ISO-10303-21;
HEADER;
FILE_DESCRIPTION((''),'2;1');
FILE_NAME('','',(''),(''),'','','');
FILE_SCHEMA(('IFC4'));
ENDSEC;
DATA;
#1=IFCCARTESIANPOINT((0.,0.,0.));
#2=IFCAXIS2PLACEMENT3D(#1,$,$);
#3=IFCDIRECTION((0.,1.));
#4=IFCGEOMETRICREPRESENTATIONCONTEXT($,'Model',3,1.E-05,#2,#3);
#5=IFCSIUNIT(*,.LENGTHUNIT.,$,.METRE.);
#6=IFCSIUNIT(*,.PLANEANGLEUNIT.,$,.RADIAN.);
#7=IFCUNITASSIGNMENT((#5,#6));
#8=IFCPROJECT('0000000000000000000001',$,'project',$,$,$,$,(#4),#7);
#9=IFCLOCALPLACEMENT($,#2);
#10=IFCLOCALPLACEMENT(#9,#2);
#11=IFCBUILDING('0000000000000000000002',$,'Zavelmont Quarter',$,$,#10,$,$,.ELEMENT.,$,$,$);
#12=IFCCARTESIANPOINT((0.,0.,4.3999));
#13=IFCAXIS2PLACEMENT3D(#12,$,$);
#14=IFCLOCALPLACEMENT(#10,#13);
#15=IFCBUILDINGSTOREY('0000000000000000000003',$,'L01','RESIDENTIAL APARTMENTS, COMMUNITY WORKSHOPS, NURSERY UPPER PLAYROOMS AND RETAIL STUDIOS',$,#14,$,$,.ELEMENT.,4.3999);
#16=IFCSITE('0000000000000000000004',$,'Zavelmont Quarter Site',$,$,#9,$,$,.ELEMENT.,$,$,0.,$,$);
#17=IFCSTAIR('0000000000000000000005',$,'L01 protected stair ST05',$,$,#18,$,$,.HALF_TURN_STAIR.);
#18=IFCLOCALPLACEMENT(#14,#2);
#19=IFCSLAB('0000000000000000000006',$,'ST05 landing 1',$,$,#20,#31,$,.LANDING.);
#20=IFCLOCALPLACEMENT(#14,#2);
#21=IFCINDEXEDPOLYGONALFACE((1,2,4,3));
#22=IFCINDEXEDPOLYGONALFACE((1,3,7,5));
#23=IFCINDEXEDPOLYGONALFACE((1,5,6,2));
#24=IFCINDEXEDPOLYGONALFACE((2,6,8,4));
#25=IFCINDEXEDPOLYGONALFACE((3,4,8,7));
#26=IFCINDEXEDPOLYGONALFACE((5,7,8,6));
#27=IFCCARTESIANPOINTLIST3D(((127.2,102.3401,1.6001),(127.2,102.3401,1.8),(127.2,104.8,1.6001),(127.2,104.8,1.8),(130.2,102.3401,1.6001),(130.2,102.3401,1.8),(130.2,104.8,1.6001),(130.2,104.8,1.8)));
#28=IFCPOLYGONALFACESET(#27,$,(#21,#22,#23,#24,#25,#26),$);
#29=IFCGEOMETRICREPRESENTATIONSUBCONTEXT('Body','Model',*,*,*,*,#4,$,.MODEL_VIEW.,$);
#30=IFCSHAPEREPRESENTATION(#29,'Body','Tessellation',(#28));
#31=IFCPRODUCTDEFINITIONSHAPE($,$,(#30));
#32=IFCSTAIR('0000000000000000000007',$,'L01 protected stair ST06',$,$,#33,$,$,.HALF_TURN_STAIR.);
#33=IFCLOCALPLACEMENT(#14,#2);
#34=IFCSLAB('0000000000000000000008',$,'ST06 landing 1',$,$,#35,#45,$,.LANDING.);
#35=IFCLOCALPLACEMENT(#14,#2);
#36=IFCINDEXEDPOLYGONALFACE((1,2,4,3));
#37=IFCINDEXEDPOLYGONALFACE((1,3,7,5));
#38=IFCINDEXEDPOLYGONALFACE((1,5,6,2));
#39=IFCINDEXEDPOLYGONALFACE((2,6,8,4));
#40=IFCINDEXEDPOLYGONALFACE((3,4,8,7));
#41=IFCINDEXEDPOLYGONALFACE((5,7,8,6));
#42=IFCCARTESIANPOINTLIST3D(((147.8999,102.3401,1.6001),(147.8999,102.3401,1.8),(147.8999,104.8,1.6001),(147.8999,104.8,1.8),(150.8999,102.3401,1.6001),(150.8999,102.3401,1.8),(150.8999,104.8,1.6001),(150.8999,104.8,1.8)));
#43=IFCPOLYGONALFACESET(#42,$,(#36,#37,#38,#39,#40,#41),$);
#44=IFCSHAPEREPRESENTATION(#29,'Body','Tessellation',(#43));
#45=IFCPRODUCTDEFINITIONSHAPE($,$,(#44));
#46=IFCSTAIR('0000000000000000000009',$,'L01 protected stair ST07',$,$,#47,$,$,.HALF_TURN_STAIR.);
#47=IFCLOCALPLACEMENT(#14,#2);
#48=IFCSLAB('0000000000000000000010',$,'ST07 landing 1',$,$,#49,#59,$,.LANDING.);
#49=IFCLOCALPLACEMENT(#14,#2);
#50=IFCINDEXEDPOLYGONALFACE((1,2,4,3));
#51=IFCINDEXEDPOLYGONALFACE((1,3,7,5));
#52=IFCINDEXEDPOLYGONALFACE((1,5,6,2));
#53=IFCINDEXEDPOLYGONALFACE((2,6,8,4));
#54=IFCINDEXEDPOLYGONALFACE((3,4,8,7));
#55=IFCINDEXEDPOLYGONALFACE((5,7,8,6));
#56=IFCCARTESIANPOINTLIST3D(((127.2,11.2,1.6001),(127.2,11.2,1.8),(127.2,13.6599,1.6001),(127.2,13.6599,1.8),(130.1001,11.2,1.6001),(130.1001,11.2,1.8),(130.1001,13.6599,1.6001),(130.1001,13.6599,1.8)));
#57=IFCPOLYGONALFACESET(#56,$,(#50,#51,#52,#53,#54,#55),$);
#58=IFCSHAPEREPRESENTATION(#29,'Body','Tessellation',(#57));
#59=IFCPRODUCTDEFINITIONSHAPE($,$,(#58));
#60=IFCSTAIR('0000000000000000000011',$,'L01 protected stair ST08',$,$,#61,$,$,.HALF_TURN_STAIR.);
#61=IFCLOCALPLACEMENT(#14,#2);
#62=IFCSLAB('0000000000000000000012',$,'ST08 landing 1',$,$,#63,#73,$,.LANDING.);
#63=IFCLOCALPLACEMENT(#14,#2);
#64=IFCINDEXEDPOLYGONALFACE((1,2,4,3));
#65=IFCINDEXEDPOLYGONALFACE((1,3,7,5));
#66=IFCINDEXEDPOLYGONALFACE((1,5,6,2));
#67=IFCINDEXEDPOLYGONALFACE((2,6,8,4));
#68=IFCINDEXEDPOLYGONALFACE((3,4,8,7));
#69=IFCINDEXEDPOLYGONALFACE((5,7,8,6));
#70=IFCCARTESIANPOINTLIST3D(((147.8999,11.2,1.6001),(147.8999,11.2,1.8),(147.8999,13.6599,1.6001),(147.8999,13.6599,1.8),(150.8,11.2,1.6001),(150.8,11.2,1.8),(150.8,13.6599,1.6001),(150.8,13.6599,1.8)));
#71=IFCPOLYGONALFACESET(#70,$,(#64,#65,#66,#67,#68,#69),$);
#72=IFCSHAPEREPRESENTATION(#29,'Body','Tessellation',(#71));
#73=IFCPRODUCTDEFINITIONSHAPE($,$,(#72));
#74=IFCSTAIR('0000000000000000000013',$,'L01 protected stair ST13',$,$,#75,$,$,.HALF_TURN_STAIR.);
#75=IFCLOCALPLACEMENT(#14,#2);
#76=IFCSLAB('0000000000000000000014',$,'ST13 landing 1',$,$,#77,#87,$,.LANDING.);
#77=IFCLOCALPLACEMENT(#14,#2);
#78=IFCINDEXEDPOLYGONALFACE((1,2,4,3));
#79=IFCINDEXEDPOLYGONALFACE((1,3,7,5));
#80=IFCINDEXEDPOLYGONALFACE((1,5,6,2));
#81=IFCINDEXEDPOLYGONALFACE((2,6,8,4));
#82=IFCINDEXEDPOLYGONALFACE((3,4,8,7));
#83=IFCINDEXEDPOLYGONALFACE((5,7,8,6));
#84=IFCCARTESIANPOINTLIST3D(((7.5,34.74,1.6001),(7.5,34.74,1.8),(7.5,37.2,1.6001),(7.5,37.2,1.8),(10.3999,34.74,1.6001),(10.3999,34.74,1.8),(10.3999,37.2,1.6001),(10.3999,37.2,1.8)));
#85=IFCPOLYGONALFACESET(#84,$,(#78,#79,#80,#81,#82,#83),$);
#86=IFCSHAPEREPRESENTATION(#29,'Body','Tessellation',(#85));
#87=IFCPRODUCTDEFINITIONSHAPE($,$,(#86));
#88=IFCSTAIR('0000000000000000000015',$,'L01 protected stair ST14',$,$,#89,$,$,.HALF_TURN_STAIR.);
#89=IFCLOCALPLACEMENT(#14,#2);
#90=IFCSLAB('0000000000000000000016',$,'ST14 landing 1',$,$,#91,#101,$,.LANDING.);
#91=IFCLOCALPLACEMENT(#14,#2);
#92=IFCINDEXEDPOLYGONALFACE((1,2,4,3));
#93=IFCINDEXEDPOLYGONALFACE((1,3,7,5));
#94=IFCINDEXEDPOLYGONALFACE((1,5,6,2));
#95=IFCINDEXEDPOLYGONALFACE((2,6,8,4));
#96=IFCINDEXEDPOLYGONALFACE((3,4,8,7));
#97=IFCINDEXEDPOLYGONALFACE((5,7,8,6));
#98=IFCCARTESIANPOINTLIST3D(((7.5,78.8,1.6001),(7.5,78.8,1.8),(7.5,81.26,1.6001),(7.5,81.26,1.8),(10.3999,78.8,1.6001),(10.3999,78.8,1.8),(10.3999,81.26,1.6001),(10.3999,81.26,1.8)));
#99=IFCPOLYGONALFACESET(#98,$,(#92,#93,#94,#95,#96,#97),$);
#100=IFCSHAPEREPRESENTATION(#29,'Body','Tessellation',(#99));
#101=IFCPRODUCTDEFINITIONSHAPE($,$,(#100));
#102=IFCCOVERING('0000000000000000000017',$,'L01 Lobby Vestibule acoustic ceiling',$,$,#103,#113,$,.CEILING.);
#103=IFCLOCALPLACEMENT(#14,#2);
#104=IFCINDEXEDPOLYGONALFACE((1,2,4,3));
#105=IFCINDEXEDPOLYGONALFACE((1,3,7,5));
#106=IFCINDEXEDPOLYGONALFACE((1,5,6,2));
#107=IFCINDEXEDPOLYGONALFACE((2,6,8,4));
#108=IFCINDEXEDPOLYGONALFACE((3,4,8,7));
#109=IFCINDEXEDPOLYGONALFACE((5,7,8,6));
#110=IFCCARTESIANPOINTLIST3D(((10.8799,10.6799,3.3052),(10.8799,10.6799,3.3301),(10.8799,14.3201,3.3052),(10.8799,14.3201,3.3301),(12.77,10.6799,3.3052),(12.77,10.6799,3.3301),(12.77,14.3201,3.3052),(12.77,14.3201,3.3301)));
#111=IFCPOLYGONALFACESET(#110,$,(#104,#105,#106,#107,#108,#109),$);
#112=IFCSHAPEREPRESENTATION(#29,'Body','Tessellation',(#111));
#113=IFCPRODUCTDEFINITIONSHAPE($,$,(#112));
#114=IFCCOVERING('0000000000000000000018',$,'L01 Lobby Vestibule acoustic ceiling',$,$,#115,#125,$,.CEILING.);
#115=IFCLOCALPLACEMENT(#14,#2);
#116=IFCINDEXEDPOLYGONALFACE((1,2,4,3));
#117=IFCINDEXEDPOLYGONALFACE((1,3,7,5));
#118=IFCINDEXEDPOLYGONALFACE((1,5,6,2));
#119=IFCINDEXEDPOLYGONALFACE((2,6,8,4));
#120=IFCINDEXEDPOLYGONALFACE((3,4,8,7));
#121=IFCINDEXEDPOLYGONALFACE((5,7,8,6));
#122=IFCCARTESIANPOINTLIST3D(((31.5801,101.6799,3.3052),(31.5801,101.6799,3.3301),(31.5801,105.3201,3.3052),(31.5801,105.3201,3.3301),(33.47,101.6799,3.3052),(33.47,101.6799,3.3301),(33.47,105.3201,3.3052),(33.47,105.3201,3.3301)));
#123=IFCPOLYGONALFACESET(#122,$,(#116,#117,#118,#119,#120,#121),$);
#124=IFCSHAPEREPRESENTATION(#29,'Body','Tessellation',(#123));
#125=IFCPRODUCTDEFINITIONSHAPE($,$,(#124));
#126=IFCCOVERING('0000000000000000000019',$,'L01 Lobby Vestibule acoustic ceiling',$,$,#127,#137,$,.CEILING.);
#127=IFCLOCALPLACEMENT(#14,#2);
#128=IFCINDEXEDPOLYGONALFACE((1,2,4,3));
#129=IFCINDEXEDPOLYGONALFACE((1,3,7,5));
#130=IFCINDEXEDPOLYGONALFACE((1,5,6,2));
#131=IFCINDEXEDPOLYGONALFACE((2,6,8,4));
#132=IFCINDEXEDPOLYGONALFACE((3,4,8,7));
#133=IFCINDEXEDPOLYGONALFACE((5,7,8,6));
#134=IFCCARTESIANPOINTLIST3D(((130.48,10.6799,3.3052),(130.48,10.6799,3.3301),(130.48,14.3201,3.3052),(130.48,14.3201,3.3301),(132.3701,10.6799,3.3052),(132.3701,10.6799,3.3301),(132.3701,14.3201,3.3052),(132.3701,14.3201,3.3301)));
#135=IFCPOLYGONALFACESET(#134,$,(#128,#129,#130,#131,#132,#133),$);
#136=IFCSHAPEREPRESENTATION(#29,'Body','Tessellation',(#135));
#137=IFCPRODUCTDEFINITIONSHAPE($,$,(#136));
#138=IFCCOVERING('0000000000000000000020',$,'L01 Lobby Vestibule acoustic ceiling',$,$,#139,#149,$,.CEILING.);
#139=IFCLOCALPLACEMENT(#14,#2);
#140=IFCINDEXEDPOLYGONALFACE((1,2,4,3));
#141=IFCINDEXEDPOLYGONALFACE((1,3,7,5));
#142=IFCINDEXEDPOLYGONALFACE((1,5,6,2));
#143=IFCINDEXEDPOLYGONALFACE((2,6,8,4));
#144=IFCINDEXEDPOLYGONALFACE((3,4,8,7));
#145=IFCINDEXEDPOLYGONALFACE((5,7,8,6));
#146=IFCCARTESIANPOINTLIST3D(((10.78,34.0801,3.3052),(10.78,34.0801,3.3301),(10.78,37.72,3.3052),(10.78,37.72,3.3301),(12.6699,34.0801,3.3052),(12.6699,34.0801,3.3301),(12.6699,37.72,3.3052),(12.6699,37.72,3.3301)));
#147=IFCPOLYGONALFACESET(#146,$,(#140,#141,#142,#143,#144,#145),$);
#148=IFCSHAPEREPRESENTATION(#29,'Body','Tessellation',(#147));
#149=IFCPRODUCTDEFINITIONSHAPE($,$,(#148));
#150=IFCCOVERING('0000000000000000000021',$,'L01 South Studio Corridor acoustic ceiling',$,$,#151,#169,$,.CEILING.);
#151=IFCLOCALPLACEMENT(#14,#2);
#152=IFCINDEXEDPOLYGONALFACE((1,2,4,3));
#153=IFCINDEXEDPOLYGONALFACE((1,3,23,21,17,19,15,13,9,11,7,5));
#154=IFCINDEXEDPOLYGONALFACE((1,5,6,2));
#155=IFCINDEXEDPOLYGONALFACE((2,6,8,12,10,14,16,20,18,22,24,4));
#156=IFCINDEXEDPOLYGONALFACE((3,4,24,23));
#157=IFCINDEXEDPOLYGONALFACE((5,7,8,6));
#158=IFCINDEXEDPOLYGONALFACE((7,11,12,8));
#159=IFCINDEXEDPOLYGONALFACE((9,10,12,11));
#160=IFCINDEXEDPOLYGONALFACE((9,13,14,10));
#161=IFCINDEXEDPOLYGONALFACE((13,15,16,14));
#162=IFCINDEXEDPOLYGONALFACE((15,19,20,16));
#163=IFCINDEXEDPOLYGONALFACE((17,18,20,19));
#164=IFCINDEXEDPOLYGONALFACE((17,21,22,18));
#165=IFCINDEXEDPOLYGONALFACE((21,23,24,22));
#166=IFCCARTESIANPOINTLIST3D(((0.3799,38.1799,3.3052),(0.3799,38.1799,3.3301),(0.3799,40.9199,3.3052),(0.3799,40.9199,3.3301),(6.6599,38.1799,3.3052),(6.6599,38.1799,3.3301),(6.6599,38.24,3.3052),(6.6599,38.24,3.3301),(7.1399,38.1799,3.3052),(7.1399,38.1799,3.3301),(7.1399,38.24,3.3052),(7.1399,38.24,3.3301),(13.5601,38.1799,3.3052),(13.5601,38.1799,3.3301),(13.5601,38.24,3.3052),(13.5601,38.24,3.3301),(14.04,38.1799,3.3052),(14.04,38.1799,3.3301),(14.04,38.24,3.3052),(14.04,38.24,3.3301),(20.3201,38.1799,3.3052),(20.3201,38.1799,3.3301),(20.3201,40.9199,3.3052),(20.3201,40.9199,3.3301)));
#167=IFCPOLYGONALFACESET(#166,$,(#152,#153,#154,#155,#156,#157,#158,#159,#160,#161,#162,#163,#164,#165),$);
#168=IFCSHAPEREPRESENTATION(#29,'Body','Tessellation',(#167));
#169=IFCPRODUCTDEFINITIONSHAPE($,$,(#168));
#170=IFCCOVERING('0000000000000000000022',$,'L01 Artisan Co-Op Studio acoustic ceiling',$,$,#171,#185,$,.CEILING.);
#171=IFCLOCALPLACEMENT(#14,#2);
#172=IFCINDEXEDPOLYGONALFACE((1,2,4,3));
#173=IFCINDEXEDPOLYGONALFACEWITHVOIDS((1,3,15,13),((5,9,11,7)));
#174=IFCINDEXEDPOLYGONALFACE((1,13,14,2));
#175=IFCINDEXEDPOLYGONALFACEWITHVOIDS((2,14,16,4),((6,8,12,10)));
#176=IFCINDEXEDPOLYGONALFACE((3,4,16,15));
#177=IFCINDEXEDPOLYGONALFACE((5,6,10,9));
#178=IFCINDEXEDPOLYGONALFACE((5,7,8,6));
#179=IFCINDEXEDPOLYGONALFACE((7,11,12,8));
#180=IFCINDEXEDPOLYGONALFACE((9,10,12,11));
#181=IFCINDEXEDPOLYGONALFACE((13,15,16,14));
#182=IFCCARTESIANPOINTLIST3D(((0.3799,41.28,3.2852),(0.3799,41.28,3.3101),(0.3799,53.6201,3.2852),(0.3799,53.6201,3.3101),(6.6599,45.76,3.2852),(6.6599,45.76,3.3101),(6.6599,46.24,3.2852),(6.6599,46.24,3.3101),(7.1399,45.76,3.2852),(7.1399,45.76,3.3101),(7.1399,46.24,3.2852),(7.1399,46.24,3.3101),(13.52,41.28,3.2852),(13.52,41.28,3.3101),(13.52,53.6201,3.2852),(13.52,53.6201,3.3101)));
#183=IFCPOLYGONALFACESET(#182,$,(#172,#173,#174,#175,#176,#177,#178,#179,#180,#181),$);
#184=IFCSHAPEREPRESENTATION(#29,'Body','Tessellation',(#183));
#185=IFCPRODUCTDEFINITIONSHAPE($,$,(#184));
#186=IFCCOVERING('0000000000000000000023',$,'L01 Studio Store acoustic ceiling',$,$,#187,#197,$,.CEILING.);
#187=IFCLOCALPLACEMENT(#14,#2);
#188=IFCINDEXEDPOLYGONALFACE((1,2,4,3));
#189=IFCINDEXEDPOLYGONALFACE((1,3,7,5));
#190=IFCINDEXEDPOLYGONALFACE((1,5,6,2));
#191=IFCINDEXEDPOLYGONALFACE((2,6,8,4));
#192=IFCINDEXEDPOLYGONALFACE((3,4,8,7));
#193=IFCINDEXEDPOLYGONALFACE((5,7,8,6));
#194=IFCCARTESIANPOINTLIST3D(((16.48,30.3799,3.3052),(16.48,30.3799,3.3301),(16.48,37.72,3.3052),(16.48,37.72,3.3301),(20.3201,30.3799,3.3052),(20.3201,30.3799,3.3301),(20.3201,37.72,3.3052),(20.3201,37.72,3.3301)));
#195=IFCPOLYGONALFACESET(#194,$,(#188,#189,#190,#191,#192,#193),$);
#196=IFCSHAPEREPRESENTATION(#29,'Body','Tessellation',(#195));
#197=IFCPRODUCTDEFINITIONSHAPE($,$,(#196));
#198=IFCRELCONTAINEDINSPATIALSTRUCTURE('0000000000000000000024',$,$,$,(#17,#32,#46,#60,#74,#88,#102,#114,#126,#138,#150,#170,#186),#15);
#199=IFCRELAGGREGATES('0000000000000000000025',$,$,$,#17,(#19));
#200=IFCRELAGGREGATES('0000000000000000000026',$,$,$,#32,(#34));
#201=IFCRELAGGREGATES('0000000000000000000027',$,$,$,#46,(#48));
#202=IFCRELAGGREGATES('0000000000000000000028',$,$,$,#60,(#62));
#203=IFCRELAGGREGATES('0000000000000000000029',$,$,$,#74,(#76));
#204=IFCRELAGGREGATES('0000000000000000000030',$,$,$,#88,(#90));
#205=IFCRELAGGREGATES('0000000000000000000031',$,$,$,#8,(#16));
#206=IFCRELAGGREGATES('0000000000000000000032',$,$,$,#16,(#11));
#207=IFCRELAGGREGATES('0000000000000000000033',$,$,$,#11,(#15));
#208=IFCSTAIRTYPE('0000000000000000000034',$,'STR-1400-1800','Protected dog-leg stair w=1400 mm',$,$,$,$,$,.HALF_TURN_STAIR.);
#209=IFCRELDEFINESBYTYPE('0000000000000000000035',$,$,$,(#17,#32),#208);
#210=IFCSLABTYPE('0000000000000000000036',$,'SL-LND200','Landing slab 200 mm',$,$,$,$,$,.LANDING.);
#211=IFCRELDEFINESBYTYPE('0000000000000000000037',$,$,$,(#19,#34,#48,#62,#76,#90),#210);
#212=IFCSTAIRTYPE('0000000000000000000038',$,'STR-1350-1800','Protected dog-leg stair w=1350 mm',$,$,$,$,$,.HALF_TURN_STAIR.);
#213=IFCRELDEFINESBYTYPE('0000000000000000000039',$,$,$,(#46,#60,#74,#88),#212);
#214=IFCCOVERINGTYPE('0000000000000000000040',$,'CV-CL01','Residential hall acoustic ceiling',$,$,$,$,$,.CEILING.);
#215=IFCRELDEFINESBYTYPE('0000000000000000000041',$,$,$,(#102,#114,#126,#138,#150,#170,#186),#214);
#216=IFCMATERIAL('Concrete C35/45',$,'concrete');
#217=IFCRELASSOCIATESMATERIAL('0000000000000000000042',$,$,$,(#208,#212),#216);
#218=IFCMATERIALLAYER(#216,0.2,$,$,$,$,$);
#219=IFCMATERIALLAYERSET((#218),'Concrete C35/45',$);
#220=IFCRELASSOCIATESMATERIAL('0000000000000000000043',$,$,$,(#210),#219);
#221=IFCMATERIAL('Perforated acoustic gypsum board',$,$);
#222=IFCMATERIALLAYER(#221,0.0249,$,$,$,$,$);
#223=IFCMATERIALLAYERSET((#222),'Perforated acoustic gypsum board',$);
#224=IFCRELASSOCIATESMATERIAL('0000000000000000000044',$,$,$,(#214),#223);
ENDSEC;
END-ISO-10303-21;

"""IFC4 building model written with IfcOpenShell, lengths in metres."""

from ifc_helpers import new_model, si_unit, direction, frame, origin, place, context, subcontext, project, spatial, polyline, outline, extrude, material, layer, layer_set, type_object, element, aggregate, save


model = new_model("IFC4")

# Units and contexts
model_context = context("Model", 3, precision=1e-05, world=origin(), true_north=direction((0.0, 1.0)))
body_context = subcontext(model_context, "Body", "Model", "MODEL_VIEW")
ifc_project = project(units=[si_unit("LENGTHUNIT", "METRE"), si_unit("PLANEANGLEUNIT", "RADIAN")], contexts=[model_context])

# Site, building, storey
site_placement = place(None, origin())
site = spatial("IfcSite", under=ifc_project, at=site_placement, Name="Zavelmont Quarter Site", CompositionType="ELEMENT", RefElevation=0.0)
building_placement = place(site_placement, origin())
building = spatial("IfcBuilding", under=site, at=building_placement, Name="Zavelmont Quarter", CompositionType="ELEMENT")
storey_placement = place(building_placement, frame((0.0, 0.0, 4.3999)))
storey = spatial("IfcBuildingStorey", under=building, at=storey_placement, Name="L01", Description="RESIDENTIAL APARTMENTS, COMMUNITY WORKSHOPS, NURSERY UPPER PLAYROOMS AND RETAIL STUDIOS", CompositionType="ELEMENT", Elevation=4.3999)

# Stairs, slabs
ifc_material_1 = material(Name="Concrete C35/45", Category="concrete")
stair_type_1 = type_object("IfcStairType", Name="STR-1400-1800", Description="Protected dog-leg stair w=1400 mm", PredefinedType="HALF_TURN_STAIR", material=ifc_material_1)
stair_1_placement = place(storey_placement, origin())
stair_1 = element("IfcStair", 1, at=stair_1_placement, inside=storey, type_object=stair_type_1, Name="L01 protected stair ST05", PredefinedType="HALF_TURN_STAIR")
ifc_layer_1 = layer(ifc_material_1, 0.2)
ifc_layer_set_1 = layer_set([ifc_layer_1], Name="Concrete C35/45")
slab_type = type_object("IfcSlabType", Name="SL-LND200", Description="Landing slab 200 mm", PredefinedType="LANDING", material=ifc_layer_set_1)
slab_1_placement = place(storey_placement, frame((0.0, 0.0, 1.6001)))
slab_1 = element("IfcSlab", 2, at=slab_1_placement, type_object=slab_type, Name="ST05 landing 1", PredefinedType="LANDING", context=body_context, shape_type="SweptSolid", body=[
    extrude(outline(polyline([(130.2, 102.3401), (130.2, 104.8), (127.2, 104.8), (127.2, 102.3401), (130.2, 102.3401)])), origin(), (0.0, 0.0, 1.0), 0.2),
])
aggregate(stair_1, [slab_1])
stair_2_placement = place(storey_placement, origin())
stair_2 = element("IfcStair", 3, at=stair_2_placement, inside=storey, type_object=stair_type_1, Name="L01 protected stair ST06", PredefinedType="HALF_TURN_STAIR")
slab_2_placement = place(storey_placement, frame((0.0, 0.0, 1.6001)))
slab_2 = element("IfcSlab", 4, at=slab_2_placement, type_object=slab_type, Name="ST06 landing 1", PredefinedType="LANDING", context=body_context, shape_type="SweptSolid", body=[
    extrude(outline(polyline([(150.8999, 102.3401), (150.8999, 104.8), (147.8999, 104.8), (147.8999, 102.3401), (150.8999, 102.3401)])), origin(), (0.0, 0.0, 1.0), 0.2),
])
aggregate(stair_2, [slab_2])
stair_type_2 = type_object("IfcStairType", Name="STR-1350-1800", Description="Protected dog-leg stair w=1350 mm", PredefinedType="HALF_TURN_STAIR", material=ifc_material_1)
stair_3_placement = place(storey_placement, origin())
stair_3 = element("IfcStair", 5, at=stair_3_placement, inside=storey, type_object=stair_type_2, Name="L01 protected stair ST07", PredefinedType="HALF_TURN_STAIR")
slab_3_placement = place(storey_placement, frame((0.0, 0.0, 1.6001)))
slab_3 = element("IfcSlab", 6, at=slab_3_placement, type_object=slab_type, Name="ST07 landing 1", PredefinedType="LANDING", context=body_context, shape_type="SweptSolid", body=[
    extrude(outline(polyline([(127.2, 13.6599), (127.2, 11.2), (130.1001, 11.2), (130.1001, 13.6599), (127.2, 13.6599)])), origin(), (0.0, 0.0, 1.0), 0.2),
])
aggregate(stair_3, [slab_3])
stair_4_placement = place(storey_placement, origin())
stair_4 = element("IfcStair", 7, at=stair_4_placement, inside=storey, type_object=stair_type_2, Name="L01 protected stair ST08", PredefinedType="HALF_TURN_STAIR")
slab_4_placement = place(storey_placement, frame((0.0, 0.0, 1.6001)))
slab_4 = element("IfcSlab", 8, at=slab_4_placement, type_object=slab_type, Name="ST08 landing 1", PredefinedType="LANDING", context=body_context, shape_type="SweptSolid", body=[
    extrude(outline(polyline([(147.8999, 13.6599), (147.8999, 11.2), (150.8, 11.2), (150.8, 13.6599), (147.8999, 13.6599)])), origin(), (0.0, 0.0, 1.0), 0.2),
])
aggregate(stair_4, [slab_4])
stair_5_placement = place(storey_placement, origin())
stair_5 = element("IfcStair", 9, at=stair_5_placement, inside=storey, type_object=stair_type_2, Name="L01 protected stair ST13", PredefinedType="HALF_TURN_STAIR")
slab_5_placement = place(storey_placement, frame((0.0, 0.0, 1.6001)))
slab_5 = element("IfcSlab", 10, at=slab_5_placement, type_object=slab_type, Name="ST13 landing 1", PredefinedType="LANDING", context=body_context, shape_type="SweptSolid", body=[
    extrude(outline(polyline([(10.3999, 34.74), (10.3999, 37.2), (7.5, 37.2), (7.5, 34.74), (10.3999, 34.74)])), origin(), (0.0, 0.0, 1.0), 0.2),
])
aggregate(stair_5, [slab_5])
stair_6_placement = place(storey_placement, origin())
stair_6 = element("IfcStair", 11, at=stair_6_placement, inside=storey, type_object=stair_type_2, Name="L01 protected stair ST14", PredefinedType="HALF_TURN_STAIR")
slab_6_placement = place(storey_placement, frame((0.0, 0.0, 1.6001)))
slab_6 = element("IfcSlab", 12, at=slab_6_placement, type_object=slab_type, Name="ST14 landing 1", PredefinedType="LANDING", context=body_context, shape_type="SweptSolid", body=[
    extrude(outline(polyline([(7.5, 81.26), (7.5, 78.8), (10.3999, 78.8), (10.3999, 81.26), (7.5, 81.26)])), origin(), (0.0, 0.0, 1.0), 0.2),
])
aggregate(stair_6, [slab_6])

# Coverings
ifc_material_2 = material(Name="Perforated acoustic gypsum board")
ifc_layer_2 = layer(ifc_material_2, 0.0249)
ifc_layer_set_2 = layer_set([ifc_layer_2], Name="Perforated acoustic gypsum board")
covering_type_1 = type_object("IfcCoveringType", Name="CV-CL01", Description="Residential hall acoustic ceiling", PredefinedType="CEILING", material=ifc_layer_set_2)
covering_1_placement = place(storey_placement, frame((0.0, 0.0, 3.3052)))
element("IfcCovering", 13, at=covering_1_placement, inside=storey, type_object=covering_type_1, Name="L01 Lobby Vestibule acoustic ceiling", PredefinedType="CEILING", context=body_context, shape_type="SweptSolid", body=[
    extrude(outline(polyline([(10.8799, 14.3201), (12.77, 14.3201), (12.77, 10.6799), (10.8799, 10.6799), (10.8799, 14.3201)])), origin(), (0.0, 0.0, 1.0), 0.0249),
])
covering_2_placement = place(storey_placement, frame((0.0, 0.0, 3.3052)))
element("IfcCovering", 14, at=covering_2_placement, inside=storey, type_object=covering_type_1, Name="L01 Lobby Vestibule acoustic ceiling", PredefinedType="CEILING", context=body_context, shape_type="SweptSolid", body=[
    extrude(outline(polyline([(31.5801, 105.3201), (33.47, 105.3201), (33.47, 101.6799), (31.5801, 101.6799), (31.5801, 105.3201)])), origin(), (0.0, 0.0, 1.0), 0.0249),
])
covering_3_placement = place(storey_placement, frame((0.0, 0.0, 3.3052)))
element("IfcCovering", 15, at=covering_3_placement, inside=storey, type_object=covering_type_1, Name="L01 Lobby Vestibule acoustic ceiling", PredefinedType="CEILING", context=body_context, shape_type="SweptSolid", body=[
    extrude(outline(polyline([(130.48, 14.3201), (132.3701, 14.3201), (132.3701, 10.6799), (130.48, 10.6799), (130.48, 14.3201)])), origin(), (0.0, 0.0, 1.0), 0.0249),
])
covering_4_placement = place(storey_placement, frame((0.0, 0.0, 3.3052)))
element("IfcCovering", 16, at=covering_4_placement, inside=storey, type_object=covering_type_1, Name="L01 Lobby Vestibule acoustic ceiling", PredefinedType="CEILING", context=body_context, shape_type="SweptSolid", body=[
    extrude(outline(polyline([(10.78, 37.72), (12.6699, 37.72), (12.6699, 34.0801), (10.78, 34.0801), (10.78, 37.72)])), origin(), (0.0, 0.0, 1.0), 0.0249),
])
covering_5_placement = place(storey_placement, frame((0.0, 0.0, 3.3052)))
element("IfcCovering", 17, at=covering_5_placement, inside=storey, type_object=covering_type_1, Name="L01 South Studio Corridor acoustic ceiling", PredefinedType="CEILING", context=body_context, shape_type="SweptSolid", body=[
    extrude(outline(polyline([(0.3799, 40.9199), (20.3201, 40.9199), (20.3201, 38.1799), (14.04, 38.1799), (14.04, 38.24), (13.5601, 38.24), (13.5601, 38.1799), (7.1399, 38.1799), (7.1399, 38.24), (6.6599, 38.24), (6.6599, 38.1799), (0.3799, 38.1799), (0.3799, 40.9199)])), origin(), (0.0, 0.0, 1.0), 0.0249),
])
covering_6_placement = place(storey_placement, frame((0.0, 0.0, 3.2852)))
element("IfcCovering", 18, at=covering_6_placement, inside=storey, type_object=covering_type_1, Name="L01 Artisan Co-Op Studio acoustic ceiling", PredefinedType="CEILING", context=body_context, shape_type="SweptSolid", body=[
    extrude(outline(polyline([(0.3799, 53.6201), (13.52, 53.6201), (13.52, 41.28), (0.3799, 41.28), (0.3799, 53.6201)]), holes=[polyline([(7.1399, 46.24), (6.6599, 46.24), (6.6599, 45.76), (7.1399, 45.76), (7.1399, 46.24)])]), origin(), (0.0, 0.0, 1.0), 0.0249),
])
covering_7_placement = place(storey_placement, frame((0.0, 0.0, 3.3052)))
element("IfcCovering", 19, at=covering_7_placement, inside=storey, type_object=covering_type_1, Name="L01 Studio Store acoustic ceiling", PredefinedType="CEILING", context=body_context, shape_type="SweptSolid", body=[
    extrude(outline(polyline([(16.48, 37.72), (20.3201, 37.72), (20.3201, 30.3799), (16.48, 30.3799), (16.48, 37.72)])), origin(), (0.0, 0.0, 1.0), 0.0249),
])

save(model, "model.ifc")
